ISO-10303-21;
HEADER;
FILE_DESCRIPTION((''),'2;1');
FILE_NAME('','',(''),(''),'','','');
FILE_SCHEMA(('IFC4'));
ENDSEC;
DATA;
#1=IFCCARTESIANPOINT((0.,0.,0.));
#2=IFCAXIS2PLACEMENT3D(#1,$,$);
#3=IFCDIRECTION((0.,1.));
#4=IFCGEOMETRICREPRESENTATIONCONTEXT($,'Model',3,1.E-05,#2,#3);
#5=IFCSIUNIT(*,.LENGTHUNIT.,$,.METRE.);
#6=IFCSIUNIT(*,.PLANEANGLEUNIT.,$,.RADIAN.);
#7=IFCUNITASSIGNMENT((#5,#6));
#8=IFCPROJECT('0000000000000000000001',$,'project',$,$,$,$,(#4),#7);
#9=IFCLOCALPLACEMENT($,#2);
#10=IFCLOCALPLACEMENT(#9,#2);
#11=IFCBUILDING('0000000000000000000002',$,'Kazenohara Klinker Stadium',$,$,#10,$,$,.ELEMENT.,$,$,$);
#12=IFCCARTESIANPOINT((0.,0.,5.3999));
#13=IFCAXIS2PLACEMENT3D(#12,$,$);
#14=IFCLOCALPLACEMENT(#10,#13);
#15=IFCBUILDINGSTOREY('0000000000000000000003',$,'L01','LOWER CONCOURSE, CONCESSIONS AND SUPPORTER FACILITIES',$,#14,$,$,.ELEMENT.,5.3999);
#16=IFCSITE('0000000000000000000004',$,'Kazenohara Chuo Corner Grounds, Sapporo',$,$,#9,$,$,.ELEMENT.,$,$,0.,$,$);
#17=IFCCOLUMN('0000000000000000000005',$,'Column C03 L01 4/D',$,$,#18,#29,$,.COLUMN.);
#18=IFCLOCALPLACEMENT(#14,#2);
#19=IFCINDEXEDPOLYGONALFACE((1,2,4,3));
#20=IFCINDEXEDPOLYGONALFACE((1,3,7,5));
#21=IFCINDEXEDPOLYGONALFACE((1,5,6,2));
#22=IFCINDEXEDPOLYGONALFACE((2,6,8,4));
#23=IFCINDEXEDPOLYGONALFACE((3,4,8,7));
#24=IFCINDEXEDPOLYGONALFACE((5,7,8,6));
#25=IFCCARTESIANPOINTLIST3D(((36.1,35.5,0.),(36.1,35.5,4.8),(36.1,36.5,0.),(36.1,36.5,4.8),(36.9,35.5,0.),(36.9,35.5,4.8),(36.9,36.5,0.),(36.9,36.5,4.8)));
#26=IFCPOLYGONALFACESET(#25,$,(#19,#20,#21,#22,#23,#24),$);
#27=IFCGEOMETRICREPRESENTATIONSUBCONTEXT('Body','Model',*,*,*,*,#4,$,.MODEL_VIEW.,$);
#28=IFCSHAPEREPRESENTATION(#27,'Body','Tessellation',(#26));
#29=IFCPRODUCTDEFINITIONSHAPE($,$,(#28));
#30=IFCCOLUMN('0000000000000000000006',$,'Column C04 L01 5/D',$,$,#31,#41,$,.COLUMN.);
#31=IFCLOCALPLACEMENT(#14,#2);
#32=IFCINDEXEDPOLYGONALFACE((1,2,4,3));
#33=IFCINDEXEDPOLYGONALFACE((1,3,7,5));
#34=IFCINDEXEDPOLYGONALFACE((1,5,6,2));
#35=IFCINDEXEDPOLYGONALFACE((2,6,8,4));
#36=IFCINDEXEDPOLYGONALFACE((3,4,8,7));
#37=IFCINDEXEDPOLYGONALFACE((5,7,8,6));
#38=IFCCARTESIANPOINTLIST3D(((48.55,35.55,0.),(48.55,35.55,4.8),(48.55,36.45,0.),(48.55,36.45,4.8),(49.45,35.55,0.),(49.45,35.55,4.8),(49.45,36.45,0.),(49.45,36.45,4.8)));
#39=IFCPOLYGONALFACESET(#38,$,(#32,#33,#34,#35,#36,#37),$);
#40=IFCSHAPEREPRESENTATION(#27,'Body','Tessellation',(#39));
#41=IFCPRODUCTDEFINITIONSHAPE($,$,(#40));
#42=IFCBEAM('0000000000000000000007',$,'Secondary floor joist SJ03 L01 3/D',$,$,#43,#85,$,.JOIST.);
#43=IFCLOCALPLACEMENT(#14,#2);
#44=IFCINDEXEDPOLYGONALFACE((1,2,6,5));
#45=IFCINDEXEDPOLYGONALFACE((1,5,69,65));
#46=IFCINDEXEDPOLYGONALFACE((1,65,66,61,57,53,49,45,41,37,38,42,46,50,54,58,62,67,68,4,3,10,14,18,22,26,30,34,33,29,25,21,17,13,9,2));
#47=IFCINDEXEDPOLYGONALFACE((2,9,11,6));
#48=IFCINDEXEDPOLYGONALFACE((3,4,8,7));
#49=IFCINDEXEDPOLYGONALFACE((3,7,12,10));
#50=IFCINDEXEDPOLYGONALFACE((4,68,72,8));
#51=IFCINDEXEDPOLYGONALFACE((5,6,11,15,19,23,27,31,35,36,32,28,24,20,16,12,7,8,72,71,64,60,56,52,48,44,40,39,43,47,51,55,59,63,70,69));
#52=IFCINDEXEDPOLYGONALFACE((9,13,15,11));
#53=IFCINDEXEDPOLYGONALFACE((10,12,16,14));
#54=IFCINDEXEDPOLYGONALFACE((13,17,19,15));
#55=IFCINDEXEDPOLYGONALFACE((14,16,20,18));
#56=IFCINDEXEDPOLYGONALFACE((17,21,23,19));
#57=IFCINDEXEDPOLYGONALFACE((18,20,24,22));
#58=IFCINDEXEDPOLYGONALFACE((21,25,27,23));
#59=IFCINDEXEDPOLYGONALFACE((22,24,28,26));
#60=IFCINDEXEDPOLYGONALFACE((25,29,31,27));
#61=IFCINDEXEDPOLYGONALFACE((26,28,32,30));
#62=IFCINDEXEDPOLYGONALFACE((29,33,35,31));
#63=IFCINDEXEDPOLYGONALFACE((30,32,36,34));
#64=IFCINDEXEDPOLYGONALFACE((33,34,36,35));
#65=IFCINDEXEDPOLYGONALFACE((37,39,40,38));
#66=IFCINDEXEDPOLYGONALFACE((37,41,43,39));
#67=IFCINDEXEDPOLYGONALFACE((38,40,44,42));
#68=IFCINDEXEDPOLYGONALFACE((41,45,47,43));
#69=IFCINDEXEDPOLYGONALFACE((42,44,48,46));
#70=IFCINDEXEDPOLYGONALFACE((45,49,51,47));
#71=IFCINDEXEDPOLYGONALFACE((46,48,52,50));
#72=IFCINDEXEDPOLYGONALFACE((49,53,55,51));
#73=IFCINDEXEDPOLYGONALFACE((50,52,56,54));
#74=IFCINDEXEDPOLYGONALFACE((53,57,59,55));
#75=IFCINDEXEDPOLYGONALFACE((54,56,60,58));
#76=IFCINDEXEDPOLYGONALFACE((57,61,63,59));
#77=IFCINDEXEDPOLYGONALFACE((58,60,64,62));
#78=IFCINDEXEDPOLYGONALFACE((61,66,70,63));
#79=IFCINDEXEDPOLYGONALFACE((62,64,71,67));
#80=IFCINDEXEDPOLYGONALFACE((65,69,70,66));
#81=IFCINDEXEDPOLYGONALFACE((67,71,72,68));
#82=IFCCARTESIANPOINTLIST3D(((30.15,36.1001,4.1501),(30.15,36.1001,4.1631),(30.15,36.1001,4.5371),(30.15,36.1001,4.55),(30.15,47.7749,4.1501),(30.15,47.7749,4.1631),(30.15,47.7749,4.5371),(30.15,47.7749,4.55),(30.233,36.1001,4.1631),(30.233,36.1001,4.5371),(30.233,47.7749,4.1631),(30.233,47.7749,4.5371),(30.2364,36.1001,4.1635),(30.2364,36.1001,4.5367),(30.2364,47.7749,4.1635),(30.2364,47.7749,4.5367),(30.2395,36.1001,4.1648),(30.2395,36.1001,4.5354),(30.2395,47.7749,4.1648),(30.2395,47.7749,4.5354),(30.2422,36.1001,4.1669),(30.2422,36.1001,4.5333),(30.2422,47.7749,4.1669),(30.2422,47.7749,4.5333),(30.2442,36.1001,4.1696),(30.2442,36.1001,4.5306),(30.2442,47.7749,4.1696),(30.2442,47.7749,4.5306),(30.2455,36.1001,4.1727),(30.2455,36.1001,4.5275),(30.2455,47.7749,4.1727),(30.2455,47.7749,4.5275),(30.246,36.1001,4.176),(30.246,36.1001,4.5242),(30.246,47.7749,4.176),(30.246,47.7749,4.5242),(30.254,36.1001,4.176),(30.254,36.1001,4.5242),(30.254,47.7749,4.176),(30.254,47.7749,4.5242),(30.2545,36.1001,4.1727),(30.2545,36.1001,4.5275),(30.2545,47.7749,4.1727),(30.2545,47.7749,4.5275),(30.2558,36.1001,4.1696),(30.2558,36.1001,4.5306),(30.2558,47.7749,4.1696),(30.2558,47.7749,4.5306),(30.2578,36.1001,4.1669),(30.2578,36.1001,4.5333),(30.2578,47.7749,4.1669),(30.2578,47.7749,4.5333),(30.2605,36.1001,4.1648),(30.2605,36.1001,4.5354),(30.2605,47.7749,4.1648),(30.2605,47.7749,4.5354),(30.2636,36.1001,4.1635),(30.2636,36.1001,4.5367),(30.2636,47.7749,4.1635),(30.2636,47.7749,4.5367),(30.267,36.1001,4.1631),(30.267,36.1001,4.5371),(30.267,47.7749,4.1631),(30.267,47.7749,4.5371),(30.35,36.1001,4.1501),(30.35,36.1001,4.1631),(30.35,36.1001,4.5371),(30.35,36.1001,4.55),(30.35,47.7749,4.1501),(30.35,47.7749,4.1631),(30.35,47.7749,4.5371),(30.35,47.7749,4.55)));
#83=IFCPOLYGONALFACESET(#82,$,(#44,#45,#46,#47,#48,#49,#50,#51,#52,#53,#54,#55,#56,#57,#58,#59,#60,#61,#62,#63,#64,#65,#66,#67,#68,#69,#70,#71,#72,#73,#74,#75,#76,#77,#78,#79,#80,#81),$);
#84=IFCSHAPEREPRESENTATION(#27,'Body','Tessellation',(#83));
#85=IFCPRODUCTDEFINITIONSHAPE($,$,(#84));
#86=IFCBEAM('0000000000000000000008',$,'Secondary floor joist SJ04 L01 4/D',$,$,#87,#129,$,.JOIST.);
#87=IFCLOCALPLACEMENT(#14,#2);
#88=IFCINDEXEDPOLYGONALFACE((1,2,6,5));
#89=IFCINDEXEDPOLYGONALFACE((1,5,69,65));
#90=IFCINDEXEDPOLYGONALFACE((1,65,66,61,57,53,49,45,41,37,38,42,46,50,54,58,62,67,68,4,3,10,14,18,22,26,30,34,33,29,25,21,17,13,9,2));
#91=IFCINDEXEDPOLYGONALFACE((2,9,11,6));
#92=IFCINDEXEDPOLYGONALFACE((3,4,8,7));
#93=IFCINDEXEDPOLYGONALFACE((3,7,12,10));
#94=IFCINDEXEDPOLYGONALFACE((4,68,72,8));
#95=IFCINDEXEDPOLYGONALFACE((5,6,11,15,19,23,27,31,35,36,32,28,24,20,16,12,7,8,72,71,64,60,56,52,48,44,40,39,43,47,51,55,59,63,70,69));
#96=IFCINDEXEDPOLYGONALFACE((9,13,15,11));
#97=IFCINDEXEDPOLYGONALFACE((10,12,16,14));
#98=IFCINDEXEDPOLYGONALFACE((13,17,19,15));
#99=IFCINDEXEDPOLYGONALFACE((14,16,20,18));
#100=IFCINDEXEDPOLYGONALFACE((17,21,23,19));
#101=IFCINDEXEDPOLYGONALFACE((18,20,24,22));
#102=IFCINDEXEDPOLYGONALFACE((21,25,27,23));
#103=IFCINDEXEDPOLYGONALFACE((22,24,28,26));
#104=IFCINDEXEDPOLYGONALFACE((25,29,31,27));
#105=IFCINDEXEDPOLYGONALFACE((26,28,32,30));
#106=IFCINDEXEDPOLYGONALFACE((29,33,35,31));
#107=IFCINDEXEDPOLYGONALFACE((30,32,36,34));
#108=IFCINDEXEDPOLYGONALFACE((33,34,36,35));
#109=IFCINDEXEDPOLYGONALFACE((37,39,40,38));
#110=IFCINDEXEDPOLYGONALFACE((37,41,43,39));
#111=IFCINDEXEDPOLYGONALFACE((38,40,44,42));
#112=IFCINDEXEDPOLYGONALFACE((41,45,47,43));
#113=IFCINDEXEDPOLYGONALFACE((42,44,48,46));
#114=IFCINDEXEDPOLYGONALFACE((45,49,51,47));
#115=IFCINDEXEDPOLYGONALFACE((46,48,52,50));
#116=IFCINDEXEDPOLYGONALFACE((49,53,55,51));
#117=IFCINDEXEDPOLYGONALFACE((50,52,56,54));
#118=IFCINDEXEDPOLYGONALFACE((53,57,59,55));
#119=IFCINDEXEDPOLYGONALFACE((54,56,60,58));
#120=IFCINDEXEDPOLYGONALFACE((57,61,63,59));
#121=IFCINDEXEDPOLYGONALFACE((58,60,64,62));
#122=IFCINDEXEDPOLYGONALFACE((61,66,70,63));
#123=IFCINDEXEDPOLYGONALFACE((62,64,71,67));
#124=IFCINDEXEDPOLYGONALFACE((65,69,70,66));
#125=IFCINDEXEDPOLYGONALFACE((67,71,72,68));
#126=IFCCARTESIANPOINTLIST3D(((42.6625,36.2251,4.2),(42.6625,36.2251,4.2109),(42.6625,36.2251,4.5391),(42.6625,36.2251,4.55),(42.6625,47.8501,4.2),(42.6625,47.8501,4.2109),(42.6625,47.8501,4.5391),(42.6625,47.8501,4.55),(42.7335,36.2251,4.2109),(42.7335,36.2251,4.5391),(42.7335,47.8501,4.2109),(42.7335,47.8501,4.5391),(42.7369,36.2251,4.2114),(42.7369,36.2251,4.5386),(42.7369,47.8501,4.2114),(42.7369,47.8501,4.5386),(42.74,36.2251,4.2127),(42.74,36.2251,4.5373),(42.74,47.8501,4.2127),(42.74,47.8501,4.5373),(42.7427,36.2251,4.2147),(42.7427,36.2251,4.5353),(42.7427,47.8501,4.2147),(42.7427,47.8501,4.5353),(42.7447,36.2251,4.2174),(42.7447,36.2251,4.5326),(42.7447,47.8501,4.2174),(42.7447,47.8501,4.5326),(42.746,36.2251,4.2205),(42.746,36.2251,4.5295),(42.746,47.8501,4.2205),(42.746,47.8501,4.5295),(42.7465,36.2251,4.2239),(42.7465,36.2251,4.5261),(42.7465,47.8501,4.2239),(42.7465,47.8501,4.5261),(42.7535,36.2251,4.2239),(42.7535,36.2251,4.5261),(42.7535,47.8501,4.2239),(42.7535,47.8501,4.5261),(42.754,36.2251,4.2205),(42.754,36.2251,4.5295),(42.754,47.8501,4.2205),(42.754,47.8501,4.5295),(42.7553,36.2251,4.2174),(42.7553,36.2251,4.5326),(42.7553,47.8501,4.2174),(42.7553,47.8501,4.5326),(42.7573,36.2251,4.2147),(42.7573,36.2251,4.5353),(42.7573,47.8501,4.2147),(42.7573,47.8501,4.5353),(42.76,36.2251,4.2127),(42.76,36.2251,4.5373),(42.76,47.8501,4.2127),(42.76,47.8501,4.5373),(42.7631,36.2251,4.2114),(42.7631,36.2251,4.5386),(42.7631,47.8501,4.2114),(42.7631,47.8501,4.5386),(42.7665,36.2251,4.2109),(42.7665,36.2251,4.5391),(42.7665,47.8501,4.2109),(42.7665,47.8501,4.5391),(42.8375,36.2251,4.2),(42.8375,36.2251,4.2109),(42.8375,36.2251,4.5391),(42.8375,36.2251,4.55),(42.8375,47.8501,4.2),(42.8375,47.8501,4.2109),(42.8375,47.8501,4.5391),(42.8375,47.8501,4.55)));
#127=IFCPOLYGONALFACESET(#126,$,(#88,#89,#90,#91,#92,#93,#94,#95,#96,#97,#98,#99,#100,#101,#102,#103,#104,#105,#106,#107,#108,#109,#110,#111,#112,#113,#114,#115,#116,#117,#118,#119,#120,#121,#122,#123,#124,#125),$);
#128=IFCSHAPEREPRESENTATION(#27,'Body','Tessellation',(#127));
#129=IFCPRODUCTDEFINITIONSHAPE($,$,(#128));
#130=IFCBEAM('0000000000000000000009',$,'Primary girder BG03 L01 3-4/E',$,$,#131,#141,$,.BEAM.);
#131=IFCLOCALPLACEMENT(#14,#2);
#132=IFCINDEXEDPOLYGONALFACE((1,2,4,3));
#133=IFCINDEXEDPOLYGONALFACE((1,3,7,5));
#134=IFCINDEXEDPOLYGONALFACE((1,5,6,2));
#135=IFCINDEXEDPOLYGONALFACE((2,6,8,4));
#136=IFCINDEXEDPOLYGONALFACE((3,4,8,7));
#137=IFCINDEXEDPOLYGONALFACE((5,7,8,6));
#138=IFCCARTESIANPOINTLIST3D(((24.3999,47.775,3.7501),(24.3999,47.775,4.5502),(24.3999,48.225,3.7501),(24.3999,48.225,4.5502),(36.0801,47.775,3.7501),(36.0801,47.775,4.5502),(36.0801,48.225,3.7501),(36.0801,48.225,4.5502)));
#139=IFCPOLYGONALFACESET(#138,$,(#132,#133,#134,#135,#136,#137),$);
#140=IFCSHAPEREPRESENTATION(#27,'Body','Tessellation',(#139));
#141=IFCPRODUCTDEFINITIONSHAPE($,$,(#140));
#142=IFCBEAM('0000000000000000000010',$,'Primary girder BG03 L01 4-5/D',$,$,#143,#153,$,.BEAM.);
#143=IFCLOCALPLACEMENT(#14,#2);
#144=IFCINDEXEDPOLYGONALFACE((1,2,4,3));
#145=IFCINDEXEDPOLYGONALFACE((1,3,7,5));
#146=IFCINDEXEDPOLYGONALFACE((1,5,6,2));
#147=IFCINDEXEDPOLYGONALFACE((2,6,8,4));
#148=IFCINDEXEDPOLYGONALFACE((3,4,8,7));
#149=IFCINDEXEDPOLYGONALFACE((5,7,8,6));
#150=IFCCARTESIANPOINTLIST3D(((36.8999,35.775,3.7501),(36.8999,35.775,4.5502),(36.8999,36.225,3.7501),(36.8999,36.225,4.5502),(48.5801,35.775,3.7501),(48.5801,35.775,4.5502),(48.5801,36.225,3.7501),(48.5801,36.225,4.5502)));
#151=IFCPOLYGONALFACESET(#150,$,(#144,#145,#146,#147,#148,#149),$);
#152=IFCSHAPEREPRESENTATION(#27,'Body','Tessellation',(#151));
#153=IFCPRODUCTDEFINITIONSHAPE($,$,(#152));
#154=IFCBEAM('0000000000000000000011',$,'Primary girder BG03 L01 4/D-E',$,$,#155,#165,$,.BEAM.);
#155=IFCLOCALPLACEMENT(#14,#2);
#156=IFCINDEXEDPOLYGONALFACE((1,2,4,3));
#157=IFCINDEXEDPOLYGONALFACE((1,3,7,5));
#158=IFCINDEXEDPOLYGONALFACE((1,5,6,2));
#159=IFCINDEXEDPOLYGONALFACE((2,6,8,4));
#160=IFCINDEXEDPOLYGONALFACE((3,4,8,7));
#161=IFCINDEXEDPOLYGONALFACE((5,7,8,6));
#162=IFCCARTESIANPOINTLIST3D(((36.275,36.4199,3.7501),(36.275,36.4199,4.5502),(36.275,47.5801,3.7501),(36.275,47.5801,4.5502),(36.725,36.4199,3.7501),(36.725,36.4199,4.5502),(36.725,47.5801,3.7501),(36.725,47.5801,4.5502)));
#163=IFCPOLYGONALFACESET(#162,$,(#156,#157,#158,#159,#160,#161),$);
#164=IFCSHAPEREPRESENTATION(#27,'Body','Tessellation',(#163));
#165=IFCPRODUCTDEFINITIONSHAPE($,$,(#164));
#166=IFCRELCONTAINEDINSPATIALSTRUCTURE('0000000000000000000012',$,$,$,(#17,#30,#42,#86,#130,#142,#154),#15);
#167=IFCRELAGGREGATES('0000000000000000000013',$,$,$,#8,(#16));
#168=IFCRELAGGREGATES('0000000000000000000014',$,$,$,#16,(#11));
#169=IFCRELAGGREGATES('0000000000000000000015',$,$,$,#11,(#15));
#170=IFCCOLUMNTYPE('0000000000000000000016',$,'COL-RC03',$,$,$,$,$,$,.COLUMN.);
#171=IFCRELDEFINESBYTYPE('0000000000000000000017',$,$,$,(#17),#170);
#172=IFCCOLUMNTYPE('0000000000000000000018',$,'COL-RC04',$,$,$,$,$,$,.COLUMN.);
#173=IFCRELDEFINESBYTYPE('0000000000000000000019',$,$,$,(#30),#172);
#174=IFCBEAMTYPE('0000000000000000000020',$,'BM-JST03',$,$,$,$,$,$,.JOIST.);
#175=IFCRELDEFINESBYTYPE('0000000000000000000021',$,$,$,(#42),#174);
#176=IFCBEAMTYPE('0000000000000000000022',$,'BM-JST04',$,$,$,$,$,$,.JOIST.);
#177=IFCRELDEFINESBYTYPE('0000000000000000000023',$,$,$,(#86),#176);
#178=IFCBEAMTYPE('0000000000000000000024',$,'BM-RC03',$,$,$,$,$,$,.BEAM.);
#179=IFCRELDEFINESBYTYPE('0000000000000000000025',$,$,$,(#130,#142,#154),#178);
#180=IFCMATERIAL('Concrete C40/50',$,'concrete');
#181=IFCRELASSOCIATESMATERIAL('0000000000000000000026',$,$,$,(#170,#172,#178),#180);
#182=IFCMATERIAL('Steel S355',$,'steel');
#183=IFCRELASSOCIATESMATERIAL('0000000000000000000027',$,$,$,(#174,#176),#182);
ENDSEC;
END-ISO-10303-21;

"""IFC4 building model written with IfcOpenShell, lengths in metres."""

from ifc_helpers import new_model, si_unit, direction, frame, origin, origin_2d, place, context, subcontext, project, spatial, rectangle, i_section, extrude, material, material_profile, profile_set, type_object, element, save


model = new_model("IFC4")

# Units and contexts
model_context = context("Model", 3, precision=1e-05, world=origin(), true_north=direction((0.0, 1.0)))
body_context = subcontext(model_context, "Body", "Model", "MODEL_VIEW")
ifc_project = project(units=[si_unit("LENGTHUNIT", "METRE"), si_unit("PLANEANGLEUNIT", "RADIAN")], contexts=[model_context])

# Site, building, storey
site_placement = place(None, origin())
site = spatial("IfcSite", under=ifc_project, at=site_placement, Name="Kazenohara Chuo Corner Grounds, Sapporo", CompositionType="ELEMENT", RefElevation=0.0)
building_placement = place(site_placement, origin())
building = spatial("IfcBuilding", under=site, at=building_placement, Name="Kazenohara Klinker Stadium", CompositionType="ELEMENT")
storey_placement = place(building_placement, frame((0.0, 0.0, 5.3999)))
storey = spatial("IfcBuildingStorey", under=building, at=storey_placement, Name="L01", Description="LOWER CONCOURSE, CONCESSIONS AND SUPPORTER FACILITIES", CompositionType="ELEMENT", Elevation=5.3999)

# Columns
ifc_material_1 = material(Name="Concrete C40/50", Category="concrete")
ifc_material_profile_1 = material_profile(ifc_material_1, rectangle(XDim=0.8, YDim=1.0, at=origin_2d()), Name="RC-COL-1000x800")
ifc_profile_set_1 = profile_set([ifc_material_profile_1], Name="Concrete C40/50")
column_type_1 = type_object("IfcColumnType", Name="COL-RC03", PredefinedType="COLUMN", material=ifc_profile_set_1)
column_1_placement = place(storey_placement, frame((36.5, 36.0, 0.0), z_axis=(0.0, 0.0, 1.0), x_axis=(1.0, 0.0, 0.0)))
element("IfcColumn", 1, at=column_1_placement, inside=storey, type_object=column_type_1, Name="Column C03 L01 4/D", PredefinedType="COLUMN", context=body_context, shape_type="SweptSolid", body=[
    extrude(rectangle(XDim=0.8, YDim=1.0, at=origin_2d()), origin(), (0.0, 0.0, 1.0), 4.8),
])
ifc_material_profile_2 = material_profile(ifc_material_1, rectangle(XDim=0.8999, YDim=0.8999, at=origin_2d()), Name="RC-COL-900x900")
ifc_profile_set_2 = profile_set([ifc_material_profile_2], Name="Concrete C40/50")
column_type_2 = type_object("IfcColumnType", Name="COL-RC04", PredefinedType="COLUMN", material=ifc_profile_set_2)
column_2_placement = place(storey_placement, frame((49.0, 36.0, 0.0), z_axis=(0.0, 0.0, 1.0), x_axis=(1.0, 0.0, 0.0)))
element("IfcColumn", 2, at=column_2_placement, inside=storey, type_object=column_type_2, Name="Column C04 L01 5/D", PredefinedType="COLUMN", context=body_context, shape_type="SweptSolid", body=[
    extrude(rectangle(XDim=0.8999, YDim=0.8999, at=origin_2d()), origin(), (0.0, 0.0, 1.0), 4.8),
])

# Beams
ifc_material_2 = material(Name="Steel S355", Category="steel")
ifc_material_profile_3 = material_profile(ifc_material_2, i_section(OverallWidth=0.2, OverallDepth=0.3999, WebThickness=0.0081, FlangeThickness=0.0129, FilletRadius=0.0129, at=origin_2d()), Name="H-400x200x8x13")
ifc_profile_set_3 = profile_set([ifc_material_profile_3], Name="Steel S355")
beam_type_1 = type_object("IfcBeamType", Name="BM-JST03", PredefinedType="JOIST", material=ifc_profile_set_3)
beam_1_placement = place(storey_placement, frame((30.25, 36.1001, 4.3501), z_axis=(0.0, 1.0, 0.0), x_axis=(-1.0, 0.0, 0.0)))
element("IfcBeam", 3, at=beam_1_placement, inside=storey, type_object=beam_type_1, Name="Secondary floor joist SJ03 L01 3/D", PredefinedType="JOIST", context=body_context, shape_type="SweptSolid", body=[
    extrude(i_section(OverallWidth=0.2, OverallDepth=0.3999, WebThickness=0.0081, FlangeThickness=0.0129, FilletRadius=0.0129, at=origin_2d()), origin(), (0.0, 0.0, 1.0), 11.6748),
])
ifc_material_profile_4 = material_profile(ifc_material_2, i_section(OverallWidth=0.175, OverallDepth=0.3501, WebThickness=0.0071, FlangeThickness=0.011, FilletRadius=0.0129, at=origin_2d()), Name="H-350x175x7x11")
ifc_profile_set_4 = profile_set([ifc_material_profile_4], Name="Steel S355")
beam_type_2 = type_object("IfcBeamType", Name="BM-JST04", PredefinedType="JOIST", material=ifc_profile_set_4)
beam_2_placement = place(storey_placement, frame((42.75, 36.2251, 4.375), z_axis=(0.0, 1.0, 0.0), x_axis=(-1.0, 0.0, 0.0)))
element("IfcBeam", 4, at=beam_2_placement, inside=storey, type_object=beam_type_2, Name="Secondary floor joist SJ04 L01 4/D", PredefinedType="JOIST", context=body_context, shape_type="SweptSolid", body=[
    extrude(i_section(OverallWidth=0.175, OverallDepth=0.3501, WebThickness=0.0071, FlangeThickness=0.011, FilletRadius=0.0129, at=origin_2d()), origin(), (0.0, 0.0, 1.0), 11.625),
])
ifc_material_profile_5 = material_profile(ifc_material_1, rectangle(XDim=0.45, YDim=0.8, at=origin_2d()), Name="RC-BM-450x800")
ifc_profile_set_5 = profile_set([ifc_material_profile_5], Name="Concrete C40/50")
beam_type_3 = type_object("IfcBeamType", Name="BM-RC03", PredefinedType="BEAM", material=ifc_profile_set_5)
for number, where, z_axis, x_axis, name in (
    (5, (24.3999, 48.0, 4.1501), (1.0, 0.0, 0.0), (0.0, 1.0, 0.0), "Primary girder BG03 L01 3-4/E"),
    (6, (36.8999, 36.0, 4.1501), (1.0, 0.0, 0.0), (0.0, 1.0, 0.0), "Primary girder BG03 L01 4-5/D"),
):
    element("IfcBeam", number, at=place(storey_placement, frame(where, z_axis=z_axis, x_axis=x_axis)), inside=storey, type_object=beam_type_3, Name=name, PredefinedType="BEAM", context=body_context, shape_type="SweptSolid", body=[
        extrude(rectangle(XDim=0.45, YDim=0.8, at=origin_2d()), origin(), (0.0, 0.0, 1.0), 11.6802),
    ])
beam_3_placement = place(storey_placement, frame((36.5, 36.4199, 4.1501), z_axis=(0.0, 1.0, 0.0), x_axis=(-1.0, 0.0, 0.0)))
element("IfcBeam", 7, at=beam_3_placement, inside=storey, type_object=beam_type_3, Name="Primary girder BG03 L01 4/D-E", PredefinedType="BEAM", context=body_context, shape_type="SweptSolid", body=[
    extrude(rectangle(XDim=0.45, YDim=0.8, at=origin_2d()), origin(), (0.0, 0.0, 1.0), 11.1602),
])

save(model, "model.ifc")
